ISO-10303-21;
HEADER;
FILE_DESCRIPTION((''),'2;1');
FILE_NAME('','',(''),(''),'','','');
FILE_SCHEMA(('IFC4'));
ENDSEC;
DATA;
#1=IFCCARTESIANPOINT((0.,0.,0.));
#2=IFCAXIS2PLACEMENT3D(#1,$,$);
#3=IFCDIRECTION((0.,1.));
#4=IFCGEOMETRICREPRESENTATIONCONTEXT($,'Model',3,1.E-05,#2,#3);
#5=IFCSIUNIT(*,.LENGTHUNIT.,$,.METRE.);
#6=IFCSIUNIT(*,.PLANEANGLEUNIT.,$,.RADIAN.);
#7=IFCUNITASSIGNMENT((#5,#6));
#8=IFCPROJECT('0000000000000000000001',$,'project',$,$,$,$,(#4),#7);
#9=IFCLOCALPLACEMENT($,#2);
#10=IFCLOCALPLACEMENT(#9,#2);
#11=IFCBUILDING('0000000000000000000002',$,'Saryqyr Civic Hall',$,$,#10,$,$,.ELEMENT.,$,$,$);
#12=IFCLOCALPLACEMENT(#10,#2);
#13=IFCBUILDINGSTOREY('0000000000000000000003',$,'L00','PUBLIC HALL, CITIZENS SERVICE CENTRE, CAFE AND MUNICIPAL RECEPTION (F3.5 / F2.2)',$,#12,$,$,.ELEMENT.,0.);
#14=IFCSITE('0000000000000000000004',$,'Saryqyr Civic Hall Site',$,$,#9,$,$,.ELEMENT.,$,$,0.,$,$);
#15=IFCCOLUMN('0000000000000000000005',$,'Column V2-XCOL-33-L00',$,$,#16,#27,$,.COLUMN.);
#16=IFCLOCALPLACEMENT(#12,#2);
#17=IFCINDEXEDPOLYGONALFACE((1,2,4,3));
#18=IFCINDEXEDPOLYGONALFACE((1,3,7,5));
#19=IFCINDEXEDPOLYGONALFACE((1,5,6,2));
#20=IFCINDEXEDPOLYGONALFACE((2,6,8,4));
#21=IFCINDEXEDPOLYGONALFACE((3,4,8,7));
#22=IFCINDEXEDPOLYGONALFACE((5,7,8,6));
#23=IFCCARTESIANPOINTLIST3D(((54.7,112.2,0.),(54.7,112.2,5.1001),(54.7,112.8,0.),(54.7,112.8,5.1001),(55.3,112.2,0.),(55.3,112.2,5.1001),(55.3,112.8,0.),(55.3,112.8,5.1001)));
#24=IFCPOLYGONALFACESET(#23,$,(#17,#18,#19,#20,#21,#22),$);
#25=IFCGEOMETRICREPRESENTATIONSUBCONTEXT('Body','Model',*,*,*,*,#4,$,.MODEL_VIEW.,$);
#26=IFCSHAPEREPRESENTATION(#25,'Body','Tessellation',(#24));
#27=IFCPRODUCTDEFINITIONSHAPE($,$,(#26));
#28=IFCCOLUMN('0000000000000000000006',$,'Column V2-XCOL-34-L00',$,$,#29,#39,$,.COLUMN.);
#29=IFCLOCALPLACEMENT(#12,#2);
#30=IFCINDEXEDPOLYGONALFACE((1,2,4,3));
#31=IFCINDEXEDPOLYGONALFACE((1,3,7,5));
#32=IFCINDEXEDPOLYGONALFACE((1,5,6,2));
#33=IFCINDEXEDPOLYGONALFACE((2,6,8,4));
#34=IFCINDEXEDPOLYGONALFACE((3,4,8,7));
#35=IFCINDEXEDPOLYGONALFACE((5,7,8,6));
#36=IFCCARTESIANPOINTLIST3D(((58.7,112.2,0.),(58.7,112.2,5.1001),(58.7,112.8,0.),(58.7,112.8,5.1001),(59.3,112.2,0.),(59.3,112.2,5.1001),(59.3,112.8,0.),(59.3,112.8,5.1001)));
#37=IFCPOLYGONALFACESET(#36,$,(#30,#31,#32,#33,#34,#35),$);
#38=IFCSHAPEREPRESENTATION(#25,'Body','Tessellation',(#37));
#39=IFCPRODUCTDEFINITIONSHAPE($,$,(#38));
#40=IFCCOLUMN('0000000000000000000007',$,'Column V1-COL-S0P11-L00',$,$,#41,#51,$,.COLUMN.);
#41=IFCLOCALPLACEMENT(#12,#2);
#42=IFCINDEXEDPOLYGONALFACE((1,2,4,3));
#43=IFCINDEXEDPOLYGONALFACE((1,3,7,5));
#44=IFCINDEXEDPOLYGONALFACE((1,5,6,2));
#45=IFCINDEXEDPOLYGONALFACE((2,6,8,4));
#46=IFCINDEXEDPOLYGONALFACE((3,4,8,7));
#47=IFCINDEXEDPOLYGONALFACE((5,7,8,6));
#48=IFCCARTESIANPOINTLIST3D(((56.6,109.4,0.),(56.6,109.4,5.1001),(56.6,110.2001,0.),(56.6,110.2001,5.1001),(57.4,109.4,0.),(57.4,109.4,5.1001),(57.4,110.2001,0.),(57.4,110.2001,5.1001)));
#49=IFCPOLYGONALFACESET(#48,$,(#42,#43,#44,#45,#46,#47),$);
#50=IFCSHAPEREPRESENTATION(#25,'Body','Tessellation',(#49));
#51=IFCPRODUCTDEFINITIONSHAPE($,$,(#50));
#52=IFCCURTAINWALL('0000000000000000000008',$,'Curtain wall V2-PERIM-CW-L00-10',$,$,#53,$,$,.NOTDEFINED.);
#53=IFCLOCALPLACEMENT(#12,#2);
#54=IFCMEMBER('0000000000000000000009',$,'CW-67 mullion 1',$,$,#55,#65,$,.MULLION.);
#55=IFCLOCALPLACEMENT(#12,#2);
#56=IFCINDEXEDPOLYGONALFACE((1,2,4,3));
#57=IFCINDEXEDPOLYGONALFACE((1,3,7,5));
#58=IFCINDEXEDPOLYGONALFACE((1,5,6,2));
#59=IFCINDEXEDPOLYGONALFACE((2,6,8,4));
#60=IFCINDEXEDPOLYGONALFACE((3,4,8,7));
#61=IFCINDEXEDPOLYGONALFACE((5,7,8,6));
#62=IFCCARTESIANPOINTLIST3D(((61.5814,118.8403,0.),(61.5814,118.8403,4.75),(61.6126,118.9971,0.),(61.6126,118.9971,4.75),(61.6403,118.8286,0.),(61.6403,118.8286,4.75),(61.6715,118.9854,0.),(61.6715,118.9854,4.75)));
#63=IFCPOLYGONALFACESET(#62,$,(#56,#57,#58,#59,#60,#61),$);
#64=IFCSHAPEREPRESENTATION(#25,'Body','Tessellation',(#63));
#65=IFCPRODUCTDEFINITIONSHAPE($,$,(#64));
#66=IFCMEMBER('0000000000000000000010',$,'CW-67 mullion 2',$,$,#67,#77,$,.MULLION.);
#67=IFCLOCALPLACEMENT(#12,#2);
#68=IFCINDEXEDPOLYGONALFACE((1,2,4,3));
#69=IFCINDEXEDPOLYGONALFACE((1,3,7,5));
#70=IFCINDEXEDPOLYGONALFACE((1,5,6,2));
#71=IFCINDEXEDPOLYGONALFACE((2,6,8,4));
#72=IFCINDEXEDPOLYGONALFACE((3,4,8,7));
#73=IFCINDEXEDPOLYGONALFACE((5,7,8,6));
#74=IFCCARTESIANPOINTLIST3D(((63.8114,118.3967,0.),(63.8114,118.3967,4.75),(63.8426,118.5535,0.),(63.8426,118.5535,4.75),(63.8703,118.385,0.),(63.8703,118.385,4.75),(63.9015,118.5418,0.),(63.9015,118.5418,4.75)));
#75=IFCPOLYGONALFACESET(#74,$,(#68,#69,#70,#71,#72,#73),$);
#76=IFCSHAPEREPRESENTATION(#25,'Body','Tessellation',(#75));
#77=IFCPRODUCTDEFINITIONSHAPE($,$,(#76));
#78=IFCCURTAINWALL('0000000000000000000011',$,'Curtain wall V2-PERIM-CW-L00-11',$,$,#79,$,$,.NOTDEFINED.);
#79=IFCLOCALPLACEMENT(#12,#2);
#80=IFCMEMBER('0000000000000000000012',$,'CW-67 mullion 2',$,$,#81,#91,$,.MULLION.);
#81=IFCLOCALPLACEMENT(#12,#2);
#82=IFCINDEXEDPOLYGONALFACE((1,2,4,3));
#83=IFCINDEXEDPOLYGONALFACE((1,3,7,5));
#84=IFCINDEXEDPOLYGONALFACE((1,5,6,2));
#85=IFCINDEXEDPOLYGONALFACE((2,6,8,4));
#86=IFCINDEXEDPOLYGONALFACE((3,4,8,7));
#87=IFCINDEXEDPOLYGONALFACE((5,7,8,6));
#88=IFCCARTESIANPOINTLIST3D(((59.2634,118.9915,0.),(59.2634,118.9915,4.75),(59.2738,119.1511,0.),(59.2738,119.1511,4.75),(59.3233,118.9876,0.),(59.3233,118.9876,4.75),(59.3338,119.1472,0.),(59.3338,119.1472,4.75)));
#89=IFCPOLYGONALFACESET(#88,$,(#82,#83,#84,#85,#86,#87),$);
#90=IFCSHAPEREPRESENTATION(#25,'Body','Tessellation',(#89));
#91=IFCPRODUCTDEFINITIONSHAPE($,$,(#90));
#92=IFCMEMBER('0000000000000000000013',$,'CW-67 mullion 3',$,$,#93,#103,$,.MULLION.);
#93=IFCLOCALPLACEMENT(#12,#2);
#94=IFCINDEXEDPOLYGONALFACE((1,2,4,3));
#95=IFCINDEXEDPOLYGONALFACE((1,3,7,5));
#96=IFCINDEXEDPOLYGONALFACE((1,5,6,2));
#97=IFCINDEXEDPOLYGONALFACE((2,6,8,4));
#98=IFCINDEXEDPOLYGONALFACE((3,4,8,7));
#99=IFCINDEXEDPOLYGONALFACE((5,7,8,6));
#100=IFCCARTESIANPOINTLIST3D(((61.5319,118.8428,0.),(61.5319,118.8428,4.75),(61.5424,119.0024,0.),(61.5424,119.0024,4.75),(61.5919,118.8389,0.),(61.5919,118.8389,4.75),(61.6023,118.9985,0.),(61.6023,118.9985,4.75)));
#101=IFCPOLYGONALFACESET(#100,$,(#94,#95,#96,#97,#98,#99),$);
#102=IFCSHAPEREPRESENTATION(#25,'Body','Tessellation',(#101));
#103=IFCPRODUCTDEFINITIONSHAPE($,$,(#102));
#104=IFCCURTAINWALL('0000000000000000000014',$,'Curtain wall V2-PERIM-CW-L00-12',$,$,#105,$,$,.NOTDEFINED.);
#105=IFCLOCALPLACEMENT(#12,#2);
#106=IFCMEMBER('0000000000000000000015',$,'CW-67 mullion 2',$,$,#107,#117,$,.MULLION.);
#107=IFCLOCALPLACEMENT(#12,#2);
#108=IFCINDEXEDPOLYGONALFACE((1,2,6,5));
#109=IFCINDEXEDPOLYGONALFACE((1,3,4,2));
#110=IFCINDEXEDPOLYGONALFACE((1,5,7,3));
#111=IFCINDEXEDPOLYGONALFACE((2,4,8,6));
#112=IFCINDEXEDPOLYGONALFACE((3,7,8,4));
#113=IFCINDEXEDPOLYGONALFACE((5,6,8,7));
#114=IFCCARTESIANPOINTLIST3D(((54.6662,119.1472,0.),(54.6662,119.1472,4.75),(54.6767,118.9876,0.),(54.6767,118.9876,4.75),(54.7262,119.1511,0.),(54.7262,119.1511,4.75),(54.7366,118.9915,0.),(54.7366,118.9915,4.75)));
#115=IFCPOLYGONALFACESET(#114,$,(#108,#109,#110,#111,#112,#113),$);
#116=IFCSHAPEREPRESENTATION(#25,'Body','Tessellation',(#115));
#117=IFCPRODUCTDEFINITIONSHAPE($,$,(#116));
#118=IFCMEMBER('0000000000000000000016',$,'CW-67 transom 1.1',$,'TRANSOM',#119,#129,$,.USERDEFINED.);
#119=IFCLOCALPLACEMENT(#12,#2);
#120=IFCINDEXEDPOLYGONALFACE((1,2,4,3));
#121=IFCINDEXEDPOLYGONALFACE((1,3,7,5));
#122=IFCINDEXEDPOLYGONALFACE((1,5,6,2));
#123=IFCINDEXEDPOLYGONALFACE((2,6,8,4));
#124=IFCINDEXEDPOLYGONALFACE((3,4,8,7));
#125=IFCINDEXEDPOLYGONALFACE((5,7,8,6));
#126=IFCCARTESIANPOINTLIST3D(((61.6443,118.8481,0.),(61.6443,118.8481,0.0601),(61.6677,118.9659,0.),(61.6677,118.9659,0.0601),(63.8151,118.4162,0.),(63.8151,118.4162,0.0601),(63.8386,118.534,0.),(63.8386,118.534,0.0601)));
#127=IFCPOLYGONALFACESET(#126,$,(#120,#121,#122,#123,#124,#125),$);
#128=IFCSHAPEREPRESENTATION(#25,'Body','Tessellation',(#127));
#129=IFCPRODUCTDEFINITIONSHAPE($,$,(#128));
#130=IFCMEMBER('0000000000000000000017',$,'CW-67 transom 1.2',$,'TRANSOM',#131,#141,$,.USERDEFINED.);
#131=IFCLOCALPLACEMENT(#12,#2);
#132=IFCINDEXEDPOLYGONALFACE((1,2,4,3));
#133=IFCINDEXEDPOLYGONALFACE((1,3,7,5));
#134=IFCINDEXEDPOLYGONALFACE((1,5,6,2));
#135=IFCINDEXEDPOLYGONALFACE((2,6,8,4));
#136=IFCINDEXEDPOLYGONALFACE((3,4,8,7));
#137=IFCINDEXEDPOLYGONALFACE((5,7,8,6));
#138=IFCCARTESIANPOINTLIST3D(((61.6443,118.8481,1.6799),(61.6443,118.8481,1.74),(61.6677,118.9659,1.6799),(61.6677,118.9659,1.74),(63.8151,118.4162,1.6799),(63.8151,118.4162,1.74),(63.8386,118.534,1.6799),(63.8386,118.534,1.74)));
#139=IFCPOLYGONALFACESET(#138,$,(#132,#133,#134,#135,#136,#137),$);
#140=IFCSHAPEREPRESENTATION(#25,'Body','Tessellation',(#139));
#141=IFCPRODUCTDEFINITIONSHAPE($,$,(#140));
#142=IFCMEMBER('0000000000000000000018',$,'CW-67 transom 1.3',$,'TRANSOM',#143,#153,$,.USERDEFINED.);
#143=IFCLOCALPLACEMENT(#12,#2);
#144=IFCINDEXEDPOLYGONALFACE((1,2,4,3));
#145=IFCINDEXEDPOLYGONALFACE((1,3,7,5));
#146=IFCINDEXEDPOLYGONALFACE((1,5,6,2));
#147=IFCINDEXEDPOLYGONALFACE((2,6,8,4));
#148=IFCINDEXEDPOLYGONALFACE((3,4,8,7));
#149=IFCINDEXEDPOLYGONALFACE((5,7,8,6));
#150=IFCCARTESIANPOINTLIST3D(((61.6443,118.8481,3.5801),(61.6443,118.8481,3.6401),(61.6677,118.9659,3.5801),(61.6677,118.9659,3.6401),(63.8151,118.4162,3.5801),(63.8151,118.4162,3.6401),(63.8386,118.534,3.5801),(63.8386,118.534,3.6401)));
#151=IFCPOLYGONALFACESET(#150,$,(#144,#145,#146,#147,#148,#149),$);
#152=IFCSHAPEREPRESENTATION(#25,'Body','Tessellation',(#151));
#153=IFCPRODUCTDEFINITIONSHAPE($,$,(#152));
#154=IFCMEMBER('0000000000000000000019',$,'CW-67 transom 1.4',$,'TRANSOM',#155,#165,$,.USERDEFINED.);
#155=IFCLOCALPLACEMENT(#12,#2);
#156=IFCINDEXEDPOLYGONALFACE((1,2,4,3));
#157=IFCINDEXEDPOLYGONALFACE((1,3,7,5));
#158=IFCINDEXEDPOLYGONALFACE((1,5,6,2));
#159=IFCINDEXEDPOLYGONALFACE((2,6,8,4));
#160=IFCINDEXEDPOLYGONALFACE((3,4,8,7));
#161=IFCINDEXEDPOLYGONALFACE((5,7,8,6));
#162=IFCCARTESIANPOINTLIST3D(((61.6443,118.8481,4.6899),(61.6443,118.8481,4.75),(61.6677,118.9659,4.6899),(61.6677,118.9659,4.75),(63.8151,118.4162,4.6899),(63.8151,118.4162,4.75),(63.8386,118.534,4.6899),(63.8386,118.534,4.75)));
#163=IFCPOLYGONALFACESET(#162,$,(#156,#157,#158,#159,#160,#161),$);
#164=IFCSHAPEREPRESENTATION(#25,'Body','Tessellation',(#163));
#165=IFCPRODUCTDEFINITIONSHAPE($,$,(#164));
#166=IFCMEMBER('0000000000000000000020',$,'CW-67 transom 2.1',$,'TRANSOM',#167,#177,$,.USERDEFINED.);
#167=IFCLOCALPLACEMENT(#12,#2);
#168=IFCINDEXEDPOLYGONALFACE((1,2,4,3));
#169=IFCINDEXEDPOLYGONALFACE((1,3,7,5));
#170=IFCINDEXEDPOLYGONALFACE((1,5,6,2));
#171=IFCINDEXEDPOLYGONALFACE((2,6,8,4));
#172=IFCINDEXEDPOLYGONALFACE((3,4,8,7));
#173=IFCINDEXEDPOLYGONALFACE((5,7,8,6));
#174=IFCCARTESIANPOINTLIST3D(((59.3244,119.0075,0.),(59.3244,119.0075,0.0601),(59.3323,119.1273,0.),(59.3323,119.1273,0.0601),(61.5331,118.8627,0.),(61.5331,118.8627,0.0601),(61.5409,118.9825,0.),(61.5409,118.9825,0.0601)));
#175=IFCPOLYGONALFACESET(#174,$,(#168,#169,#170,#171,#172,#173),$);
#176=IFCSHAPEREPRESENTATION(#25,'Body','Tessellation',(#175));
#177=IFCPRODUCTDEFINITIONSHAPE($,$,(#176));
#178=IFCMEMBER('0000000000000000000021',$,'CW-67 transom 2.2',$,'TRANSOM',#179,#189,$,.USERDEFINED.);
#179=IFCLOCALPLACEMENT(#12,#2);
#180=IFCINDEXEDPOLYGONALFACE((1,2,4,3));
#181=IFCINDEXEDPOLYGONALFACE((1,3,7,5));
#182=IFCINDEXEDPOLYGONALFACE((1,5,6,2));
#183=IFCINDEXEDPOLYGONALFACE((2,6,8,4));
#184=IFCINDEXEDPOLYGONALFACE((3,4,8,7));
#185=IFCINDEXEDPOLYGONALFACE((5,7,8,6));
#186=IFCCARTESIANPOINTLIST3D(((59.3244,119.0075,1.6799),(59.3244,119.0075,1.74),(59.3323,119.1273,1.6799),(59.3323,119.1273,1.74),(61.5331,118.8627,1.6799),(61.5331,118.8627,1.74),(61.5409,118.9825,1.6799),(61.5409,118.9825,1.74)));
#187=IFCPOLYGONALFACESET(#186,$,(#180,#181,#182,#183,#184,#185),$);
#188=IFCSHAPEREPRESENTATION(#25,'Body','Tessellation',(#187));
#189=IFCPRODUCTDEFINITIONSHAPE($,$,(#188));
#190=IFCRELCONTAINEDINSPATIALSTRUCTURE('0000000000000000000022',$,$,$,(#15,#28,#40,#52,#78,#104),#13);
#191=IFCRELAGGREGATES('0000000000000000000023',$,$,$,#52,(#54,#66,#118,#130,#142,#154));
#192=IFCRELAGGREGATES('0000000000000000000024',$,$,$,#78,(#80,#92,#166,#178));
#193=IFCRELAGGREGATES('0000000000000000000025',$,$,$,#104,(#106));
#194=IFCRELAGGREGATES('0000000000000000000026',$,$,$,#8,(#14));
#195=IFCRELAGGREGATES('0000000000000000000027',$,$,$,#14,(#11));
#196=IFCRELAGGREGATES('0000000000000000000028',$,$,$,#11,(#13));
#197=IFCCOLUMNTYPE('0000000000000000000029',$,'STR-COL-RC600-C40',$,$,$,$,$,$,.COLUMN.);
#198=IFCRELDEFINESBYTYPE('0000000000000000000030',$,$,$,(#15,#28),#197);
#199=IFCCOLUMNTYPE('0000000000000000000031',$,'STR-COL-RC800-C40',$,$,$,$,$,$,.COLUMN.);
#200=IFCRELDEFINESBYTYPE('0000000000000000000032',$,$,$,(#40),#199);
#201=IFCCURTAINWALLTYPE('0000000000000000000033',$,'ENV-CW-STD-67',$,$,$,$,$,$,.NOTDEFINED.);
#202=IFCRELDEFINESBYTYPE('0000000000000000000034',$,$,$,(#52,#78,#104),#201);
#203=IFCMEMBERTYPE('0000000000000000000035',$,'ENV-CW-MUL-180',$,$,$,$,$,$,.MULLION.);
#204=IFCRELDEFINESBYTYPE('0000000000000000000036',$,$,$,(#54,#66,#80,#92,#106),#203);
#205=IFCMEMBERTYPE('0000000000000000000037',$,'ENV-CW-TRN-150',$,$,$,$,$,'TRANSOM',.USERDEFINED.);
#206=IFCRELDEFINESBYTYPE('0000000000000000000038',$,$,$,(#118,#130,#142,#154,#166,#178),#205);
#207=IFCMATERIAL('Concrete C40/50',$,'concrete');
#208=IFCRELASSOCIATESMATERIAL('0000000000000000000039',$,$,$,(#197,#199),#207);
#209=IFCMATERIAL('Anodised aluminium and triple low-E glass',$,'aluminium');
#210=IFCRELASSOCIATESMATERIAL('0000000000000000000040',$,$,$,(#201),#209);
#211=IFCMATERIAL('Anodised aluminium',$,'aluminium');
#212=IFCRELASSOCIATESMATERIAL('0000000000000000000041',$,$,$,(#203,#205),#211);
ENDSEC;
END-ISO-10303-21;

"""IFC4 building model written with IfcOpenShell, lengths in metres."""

from ifc_helpers import new_model, si_unit, direction, frame, origin, origin_2d, place, context, subcontext, project, spatial, rectangle, extrude, material, material_profile, profile_set, type_object, element, aggregate, save


model = new_model("IFC4")

# Units and contexts
model_context = context("Model", 3, precision=1e-05, world=origin(), true_north=direction((0.0, 1.0)))
body_context = subcontext(model_context, "Body", "Model", "MODEL_VIEW")
ifc_project = project(units=[si_unit("LENGTHUNIT", "METRE"), si_unit("PLANEANGLEUNIT", "RADIAN")], contexts=[model_context])

# Site, building, storey
site_placement = place(None, origin())
site = spatial("IfcSite", under=ifc_project, at=site_placement, Name="Saryqyr Civic Hall Site", CompositionType="ELEMENT", RefElevation=0.0)
building_placement = place(site_placement, origin())
building = spatial("IfcBuilding", under=site, at=building_placement, Name="Saryqyr Civic Hall", CompositionType="ELEMENT")
storey_placement = place(building_placement, origin())
storey = spatial("IfcBuildingStorey", under=building, at=storey_placement, Name="L00", Description="PUBLIC HALL, CITIZENS SERVICE CENTRE, CAFE AND MUNICIPAL RECEPTION (F3.5 / F2.2)", CompositionType="ELEMENT", Elevation=0.0)

# Columns
ifc_material_1 = material(Name="Concrete C40/50", Category="concrete")
ifc_material_profile_1 = material_profile(ifc_material_1, rectangle(XDim=0.6001, YDim=0.6001, at=origin_2d()), Name="RC 600x600")
ifc_profile_set_1 = profile_set([ifc_material_profile_1], Name="Concrete C40/50")
column_type_1 = type_object("IfcColumnType", Name="STR-COL-RC600-C40", PredefinedType="COLUMN", material=ifc_profile_set_1)
for number, where, z_axis, x_axis, name in (
    (1, (55.0, 112.5, 0.0), (0.0, 0.0, 1.0), (1.0, 0.0, 0.0), "Column V2-XCOL-33-L00"),
    (2, (59.0, 112.5, 0.0), (0.0, 0.0, 1.0), (1.0, 0.0, 0.0), "Column V2-XCOL-34-L00"),
):
    element("IfcColumn", number, at=place(storey_placement, frame(where, z_axis=z_axis, x_axis=x_axis)), inside=storey, type_object=column_type_1, Name=name, PredefinedType="COLUMN", context=body_context, shape_type="SweptSolid", body=[
        extrude(rectangle(XDim=0.6001, YDim=0.6001, at=origin_2d()), origin(), (0.0, 0.0, 1.0), 5.1001),
    ])
ifc_material_profile_2 = material_profile(ifc_material_1, rectangle(XDim=0.8, YDim=0.8, at=origin_2d()), Name="RC 800x800")
ifc_profile_set_2 = profile_set([ifc_material_profile_2], Name="Concrete C40/50")
column_type_2 = type_object("IfcColumnType", Name="STR-COL-RC800-C40", PredefinedType="COLUMN", material=ifc_profile_set_2)
column_placement = place(storey_placement, frame((57.0, 109.8, 0.0), z_axis=(0.0, 0.0, 1.0), x_axis=(1.0, 0.0, 0.0)))
element("IfcColumn", 3, at=column_placement, inside=storey, type_object=column_type_2, Name="Column V1-COL-S0P11-L00", PredefinedType="COLUMN", context=body_context, shape_type="SweptSolid", body=[
    extrude(rectangle(XDim=0.8, YDim=0.8, at=origin_2d()), origin(), (0.0, 0.0, 1.0), 5.1001),
])

# Curtain walls, members
ifc_material_2 = material(Name="Anodised aluminium and triple low-E glass", Category="aluminium")
curtain_wall_type = type_object("IfcCurtainWallType", Name="ENV-CW-STD-67", PredefinedType="NOTDEFINED", material=ifc_material_2)
curtain_wall_1_placement = place(storey_placement, origin())
curtain_wall_1 = element("IfcCurtainWall", 4, at=curtain_wall_1_placement, inside=storey, type_object=curtain_wall_type, Name="Curtain wall V2-PERIM-CW-L00-10", PredefinedType="NOTDEFINED")
ifc_material_3 = material(Name="Anodised aluminium", Category="aluminium")
ifc_material_profile_3 = material_profile(ifc_material_3, rectangle(XDim=0.0601, YDim=0.1599, at=origin_2d()), Name="ALU MULLION 60x160")
ifc_profile_set_3 = profile_set([ifc_material_profile_3], Name="Anodised aluminium")
member_type_1 = type_object("IfcMemberType", Name="ENV-CW-MUL-180", PredefinedType="MULLION", material=ifc_profile_set_3)
member_1_placement = place(storey_placement, frame((61.6265, 118.9128, 0.0), z_axis=(0.0, 0.0, 1.0), x_axis=(0.980785, -0.195093, 0.0)))
member_1 = element("IfcMember", 5, at=member_1_placement, type_object=member_type_1, Name="CW-67 mullion 1", PredefinedType="MULLION", context=body_context, shape_type="SweptSolid", body=[
    extrude(rectangle(XDim=0.0601, YDim=0.1599, at=origin_2d()), origin(), (0.0, 0.0, 1.0), 4.75),
])
member_2_placement = place(storey_placement, frame((63.8564, 118.4692, 0.0), z_axis=(0.0, 0.0, 1.0), x_axis=(0.980785, -0.195093, 0.0)))
member_2 = element("IfcMember", 6, at=member_2_placement, type_object=member_type_1, Name="CW-67 mullion 2", PredefinedType="MULLION", context=body_context, shape_type="SweptSolid", body=[
    extrude(rectangle(XDim=0.0601, YDim=0.1599, at=origin_2d()), origin(), (0.0, 0.0, 1.0), 4.75),
])
curtain_wall_2_placement = place(storey_placement, origin())
curtain_wall_2 = element("IfcCurtainWall", 7, at=curtain_wall_2_placement, inside=storey, type_object=curtain_wall_type, Name="Curtain wall V2-PERIM-CW-L00-11", PredefinedType="NOTDEFINED")
member_3_placement = place(storey_placement, frame((59.2986, 119.0693, 0.0), z_axis=(0.0, 0.0, 1.0), x_axis=(0.997859, -0.065401, 0.0)))
member_3 = element("IfcMember", 8, at=member_3_placement, type_object=member_type_1, Name="CW-67 mullion 2", PredefinedType="MULLION", context=body_context, shape_type="SweptSolid", body=[
    extrude(rectangle(XDim=0.0601, YDim=0.1599, at=origin_2d()), origin(), (0.0, 0.0, 1.0), 4.75),
])
member_4_placement = place(storey_placement, frame((61.5671, 118.9207, 0.0), z_axis=(0.0, 0.0, 1.0), x_axis=(0.997859, -0.065401, 0.0)))
member_4 = element("IfcMember", 9, at=member_4_placement, type_object=member_type_1, Name="CW-67 mullion 3", PredefinedType="MULLION", context=body_context, shape_type="SweptSolid", body=[
    extrude(rectangle(XDim=0.0601, YDim=0.1599, at=origin_2d()), origin(), (0.0, 0.0, 1.0), 4.75),
])

# Curtain wall, member
curtain_wall_3_placement = place(storey_placement, origin())
curtain_wall_3 = element("IfcCurtainWall", 10, at=curtain_wall_3_placement, inside=storey, type_object=curtain_wall_type, Name="Curtain wall V2-PERIM-CW-L00-12", PredefinedType="NOTDEFINED")
member_5_placement = place(storey_placement, frame((54.7014, 119.0693, 0.0), z_axis=(0.0, 0.0, 1.0), x_axis=(0.997859, 0.065401, 0.0)))
member_5 = element("IfcMember", 11, at=member_5_placement, type_object=member_type_1, Name="CW-67 mullion 2", PredefinedType="MULLION", context=body_context, shape_type="SweptSolid", body=[
    extrude(rectangle(XDim=0.0601, YDim=0.1599, at=origin_2d()), origin(), (0.0, 0.0, 1.0), 4.75),
])

# Members
ifc_material_profile_4 = material_profile(ifc_material_3, rectangle(XDim=0.1201, YDim=0.0601, at=origin_2d()), Name="ALU TRANSOM 120x60")
ifc_profile_set_4 = profile_set([ifc_material_profile_4], Name="Anodised aluminium")
member_type_2 = type_object("IfcMemberType", Name="ENV-CW-TRN-150", ElementType="TRANSOM", PredefinedType="USERDEFINED", material=ifc_profile_set_4)
member_6_placement = place(storey_placement, frame((61.656, 118.907, 0.03), z_axis=(0.98078, -0.195119, 0.0), x_axis=(0.195119, 0.98078, 0.0)))
member_6 = element("IfcMember", 12, at=member_6_placement, type_object=member_type_2, Name="CW-67 transom 1.1", ObjectType="TRANSOM", PredefinedType="USERDEFINED", context=body_context, shape_type="SweptSolid", body=[
    extrude(rectangle(XDim=0.1201, YDim=0.0601, at=origin_2d()), origin(), (0.0, 0.0, 1.0), 2.2134),
])
member_7_placement = place(storey_placement, frame((61.656, 118.907, 1.71), z_axis=(0.98078, -0.195119, 0.0), x_axis=(0.195119, 0.98078, 0.0)))
member_7 = element("IfcMember", 13, at=member_7_placement, type_object=member_type_2, Name="CW-67 transom 1.2", ObjectType="TRANSOM", PredefinedType="USERDEFINED", context=body_context, shape_type="SweptSolid", body=[
    extrude(rectangle(XDim=0.1201, YDim=0.0601, at=origin_2d()), origin(), (0.0, 0.0, 1.0), 2.2134),
])
member_8_placement = place(storey_placement, frame((61.656, 118.907, 3.6101), z_axis=(0.98078, -0.195119, 0.0), x_axis=(0.195119, 0.98078, 0.0)))
member_8 = element("IfcMember", 14, at=member_8_placement, type_object=member_type_2, Name="CW-67 transom 1.3", ObjectType="TRANSOM", PredefinedType="USERDEFINED", context=body_context, shape_type="SweptSolid", body=[
    extrude(rectangle(XDim=0.1201, YDim=0.0601, at=origin_2d()), origin(), (0.0, 0.0, 1.0), 2.2134),
])
member_9_placement = place(storey_placement, frame((61.656, 118.907, 4.72), z_axis=(0.98078, -0.195119, 0.0), x_axis=(0.195119, 0.98078, 0.0)))
member_9 = element("IfcMember", 15, at=member_9_placement, type_object=member_type_2, Name="CW-67 transom 1.4", ObjectType="TRANSOM", PredefinedType="USERDEFINED", context=body_context, shape_type="SweptSolid", body=[
    extrude(rectangle(XDim=0.1201, YDim=0.0601, at=origin_2d()), origin(), (0.0, 0.0, 1.0), 2.2134),
])
member_10_placement = place(storey_placement, frame((59.3284, 119.0674, 0.03), z_axis=(0.997859, -0.065406, 0.0), x_axis=(0.065406, 0.997859, 0.0)))
member_10 = element("IfcMember", 16, at=member_10_placement, type_object=member_type_2, Name="CW-67 transom 2.1", ObjectType="TRANSOM", PredefinedType="USERDEFINED", context=body_context, shape_type="SweptSolid", body=[
    extrude(rectangle(XDim=0.1201, YDim=0.0601, at=origin_2d()), origin(), (0.0, 0.0, 1.0), 2.2134),
])
member_11_placement = place(storey_placement, frame((59.3284, 119.0674, 1.71), z_axis=(0.997859, -0.065406, 0.0), x_axis=(0.065406, 0.997859, 0.0)))
member_11 = element("IfcMember", 17, at=member_11_placement, type_object=member_type_2, Name="CW-67 transom 2.2", ObjectType="TRANSOM", PredefinedType="USERDEFINED", context=body_context, shape_type="SweptSolid", body=[
    extrude(rectangle(XDim=0.1201, YDim=0.0601, at=origin_2d()), origin(), (0.0, 0.0, 1.0), 2.2134),
])

aggregate(curtain_wall_1, [member_1, member_2, member_6, member_7, member_8, member_9])
aggregate(curtain_wall_2, [member_3, member_4, member_10, member_11])
aggregate(curtain_wall_3, [member_5])

save(model, "model.ifc")
